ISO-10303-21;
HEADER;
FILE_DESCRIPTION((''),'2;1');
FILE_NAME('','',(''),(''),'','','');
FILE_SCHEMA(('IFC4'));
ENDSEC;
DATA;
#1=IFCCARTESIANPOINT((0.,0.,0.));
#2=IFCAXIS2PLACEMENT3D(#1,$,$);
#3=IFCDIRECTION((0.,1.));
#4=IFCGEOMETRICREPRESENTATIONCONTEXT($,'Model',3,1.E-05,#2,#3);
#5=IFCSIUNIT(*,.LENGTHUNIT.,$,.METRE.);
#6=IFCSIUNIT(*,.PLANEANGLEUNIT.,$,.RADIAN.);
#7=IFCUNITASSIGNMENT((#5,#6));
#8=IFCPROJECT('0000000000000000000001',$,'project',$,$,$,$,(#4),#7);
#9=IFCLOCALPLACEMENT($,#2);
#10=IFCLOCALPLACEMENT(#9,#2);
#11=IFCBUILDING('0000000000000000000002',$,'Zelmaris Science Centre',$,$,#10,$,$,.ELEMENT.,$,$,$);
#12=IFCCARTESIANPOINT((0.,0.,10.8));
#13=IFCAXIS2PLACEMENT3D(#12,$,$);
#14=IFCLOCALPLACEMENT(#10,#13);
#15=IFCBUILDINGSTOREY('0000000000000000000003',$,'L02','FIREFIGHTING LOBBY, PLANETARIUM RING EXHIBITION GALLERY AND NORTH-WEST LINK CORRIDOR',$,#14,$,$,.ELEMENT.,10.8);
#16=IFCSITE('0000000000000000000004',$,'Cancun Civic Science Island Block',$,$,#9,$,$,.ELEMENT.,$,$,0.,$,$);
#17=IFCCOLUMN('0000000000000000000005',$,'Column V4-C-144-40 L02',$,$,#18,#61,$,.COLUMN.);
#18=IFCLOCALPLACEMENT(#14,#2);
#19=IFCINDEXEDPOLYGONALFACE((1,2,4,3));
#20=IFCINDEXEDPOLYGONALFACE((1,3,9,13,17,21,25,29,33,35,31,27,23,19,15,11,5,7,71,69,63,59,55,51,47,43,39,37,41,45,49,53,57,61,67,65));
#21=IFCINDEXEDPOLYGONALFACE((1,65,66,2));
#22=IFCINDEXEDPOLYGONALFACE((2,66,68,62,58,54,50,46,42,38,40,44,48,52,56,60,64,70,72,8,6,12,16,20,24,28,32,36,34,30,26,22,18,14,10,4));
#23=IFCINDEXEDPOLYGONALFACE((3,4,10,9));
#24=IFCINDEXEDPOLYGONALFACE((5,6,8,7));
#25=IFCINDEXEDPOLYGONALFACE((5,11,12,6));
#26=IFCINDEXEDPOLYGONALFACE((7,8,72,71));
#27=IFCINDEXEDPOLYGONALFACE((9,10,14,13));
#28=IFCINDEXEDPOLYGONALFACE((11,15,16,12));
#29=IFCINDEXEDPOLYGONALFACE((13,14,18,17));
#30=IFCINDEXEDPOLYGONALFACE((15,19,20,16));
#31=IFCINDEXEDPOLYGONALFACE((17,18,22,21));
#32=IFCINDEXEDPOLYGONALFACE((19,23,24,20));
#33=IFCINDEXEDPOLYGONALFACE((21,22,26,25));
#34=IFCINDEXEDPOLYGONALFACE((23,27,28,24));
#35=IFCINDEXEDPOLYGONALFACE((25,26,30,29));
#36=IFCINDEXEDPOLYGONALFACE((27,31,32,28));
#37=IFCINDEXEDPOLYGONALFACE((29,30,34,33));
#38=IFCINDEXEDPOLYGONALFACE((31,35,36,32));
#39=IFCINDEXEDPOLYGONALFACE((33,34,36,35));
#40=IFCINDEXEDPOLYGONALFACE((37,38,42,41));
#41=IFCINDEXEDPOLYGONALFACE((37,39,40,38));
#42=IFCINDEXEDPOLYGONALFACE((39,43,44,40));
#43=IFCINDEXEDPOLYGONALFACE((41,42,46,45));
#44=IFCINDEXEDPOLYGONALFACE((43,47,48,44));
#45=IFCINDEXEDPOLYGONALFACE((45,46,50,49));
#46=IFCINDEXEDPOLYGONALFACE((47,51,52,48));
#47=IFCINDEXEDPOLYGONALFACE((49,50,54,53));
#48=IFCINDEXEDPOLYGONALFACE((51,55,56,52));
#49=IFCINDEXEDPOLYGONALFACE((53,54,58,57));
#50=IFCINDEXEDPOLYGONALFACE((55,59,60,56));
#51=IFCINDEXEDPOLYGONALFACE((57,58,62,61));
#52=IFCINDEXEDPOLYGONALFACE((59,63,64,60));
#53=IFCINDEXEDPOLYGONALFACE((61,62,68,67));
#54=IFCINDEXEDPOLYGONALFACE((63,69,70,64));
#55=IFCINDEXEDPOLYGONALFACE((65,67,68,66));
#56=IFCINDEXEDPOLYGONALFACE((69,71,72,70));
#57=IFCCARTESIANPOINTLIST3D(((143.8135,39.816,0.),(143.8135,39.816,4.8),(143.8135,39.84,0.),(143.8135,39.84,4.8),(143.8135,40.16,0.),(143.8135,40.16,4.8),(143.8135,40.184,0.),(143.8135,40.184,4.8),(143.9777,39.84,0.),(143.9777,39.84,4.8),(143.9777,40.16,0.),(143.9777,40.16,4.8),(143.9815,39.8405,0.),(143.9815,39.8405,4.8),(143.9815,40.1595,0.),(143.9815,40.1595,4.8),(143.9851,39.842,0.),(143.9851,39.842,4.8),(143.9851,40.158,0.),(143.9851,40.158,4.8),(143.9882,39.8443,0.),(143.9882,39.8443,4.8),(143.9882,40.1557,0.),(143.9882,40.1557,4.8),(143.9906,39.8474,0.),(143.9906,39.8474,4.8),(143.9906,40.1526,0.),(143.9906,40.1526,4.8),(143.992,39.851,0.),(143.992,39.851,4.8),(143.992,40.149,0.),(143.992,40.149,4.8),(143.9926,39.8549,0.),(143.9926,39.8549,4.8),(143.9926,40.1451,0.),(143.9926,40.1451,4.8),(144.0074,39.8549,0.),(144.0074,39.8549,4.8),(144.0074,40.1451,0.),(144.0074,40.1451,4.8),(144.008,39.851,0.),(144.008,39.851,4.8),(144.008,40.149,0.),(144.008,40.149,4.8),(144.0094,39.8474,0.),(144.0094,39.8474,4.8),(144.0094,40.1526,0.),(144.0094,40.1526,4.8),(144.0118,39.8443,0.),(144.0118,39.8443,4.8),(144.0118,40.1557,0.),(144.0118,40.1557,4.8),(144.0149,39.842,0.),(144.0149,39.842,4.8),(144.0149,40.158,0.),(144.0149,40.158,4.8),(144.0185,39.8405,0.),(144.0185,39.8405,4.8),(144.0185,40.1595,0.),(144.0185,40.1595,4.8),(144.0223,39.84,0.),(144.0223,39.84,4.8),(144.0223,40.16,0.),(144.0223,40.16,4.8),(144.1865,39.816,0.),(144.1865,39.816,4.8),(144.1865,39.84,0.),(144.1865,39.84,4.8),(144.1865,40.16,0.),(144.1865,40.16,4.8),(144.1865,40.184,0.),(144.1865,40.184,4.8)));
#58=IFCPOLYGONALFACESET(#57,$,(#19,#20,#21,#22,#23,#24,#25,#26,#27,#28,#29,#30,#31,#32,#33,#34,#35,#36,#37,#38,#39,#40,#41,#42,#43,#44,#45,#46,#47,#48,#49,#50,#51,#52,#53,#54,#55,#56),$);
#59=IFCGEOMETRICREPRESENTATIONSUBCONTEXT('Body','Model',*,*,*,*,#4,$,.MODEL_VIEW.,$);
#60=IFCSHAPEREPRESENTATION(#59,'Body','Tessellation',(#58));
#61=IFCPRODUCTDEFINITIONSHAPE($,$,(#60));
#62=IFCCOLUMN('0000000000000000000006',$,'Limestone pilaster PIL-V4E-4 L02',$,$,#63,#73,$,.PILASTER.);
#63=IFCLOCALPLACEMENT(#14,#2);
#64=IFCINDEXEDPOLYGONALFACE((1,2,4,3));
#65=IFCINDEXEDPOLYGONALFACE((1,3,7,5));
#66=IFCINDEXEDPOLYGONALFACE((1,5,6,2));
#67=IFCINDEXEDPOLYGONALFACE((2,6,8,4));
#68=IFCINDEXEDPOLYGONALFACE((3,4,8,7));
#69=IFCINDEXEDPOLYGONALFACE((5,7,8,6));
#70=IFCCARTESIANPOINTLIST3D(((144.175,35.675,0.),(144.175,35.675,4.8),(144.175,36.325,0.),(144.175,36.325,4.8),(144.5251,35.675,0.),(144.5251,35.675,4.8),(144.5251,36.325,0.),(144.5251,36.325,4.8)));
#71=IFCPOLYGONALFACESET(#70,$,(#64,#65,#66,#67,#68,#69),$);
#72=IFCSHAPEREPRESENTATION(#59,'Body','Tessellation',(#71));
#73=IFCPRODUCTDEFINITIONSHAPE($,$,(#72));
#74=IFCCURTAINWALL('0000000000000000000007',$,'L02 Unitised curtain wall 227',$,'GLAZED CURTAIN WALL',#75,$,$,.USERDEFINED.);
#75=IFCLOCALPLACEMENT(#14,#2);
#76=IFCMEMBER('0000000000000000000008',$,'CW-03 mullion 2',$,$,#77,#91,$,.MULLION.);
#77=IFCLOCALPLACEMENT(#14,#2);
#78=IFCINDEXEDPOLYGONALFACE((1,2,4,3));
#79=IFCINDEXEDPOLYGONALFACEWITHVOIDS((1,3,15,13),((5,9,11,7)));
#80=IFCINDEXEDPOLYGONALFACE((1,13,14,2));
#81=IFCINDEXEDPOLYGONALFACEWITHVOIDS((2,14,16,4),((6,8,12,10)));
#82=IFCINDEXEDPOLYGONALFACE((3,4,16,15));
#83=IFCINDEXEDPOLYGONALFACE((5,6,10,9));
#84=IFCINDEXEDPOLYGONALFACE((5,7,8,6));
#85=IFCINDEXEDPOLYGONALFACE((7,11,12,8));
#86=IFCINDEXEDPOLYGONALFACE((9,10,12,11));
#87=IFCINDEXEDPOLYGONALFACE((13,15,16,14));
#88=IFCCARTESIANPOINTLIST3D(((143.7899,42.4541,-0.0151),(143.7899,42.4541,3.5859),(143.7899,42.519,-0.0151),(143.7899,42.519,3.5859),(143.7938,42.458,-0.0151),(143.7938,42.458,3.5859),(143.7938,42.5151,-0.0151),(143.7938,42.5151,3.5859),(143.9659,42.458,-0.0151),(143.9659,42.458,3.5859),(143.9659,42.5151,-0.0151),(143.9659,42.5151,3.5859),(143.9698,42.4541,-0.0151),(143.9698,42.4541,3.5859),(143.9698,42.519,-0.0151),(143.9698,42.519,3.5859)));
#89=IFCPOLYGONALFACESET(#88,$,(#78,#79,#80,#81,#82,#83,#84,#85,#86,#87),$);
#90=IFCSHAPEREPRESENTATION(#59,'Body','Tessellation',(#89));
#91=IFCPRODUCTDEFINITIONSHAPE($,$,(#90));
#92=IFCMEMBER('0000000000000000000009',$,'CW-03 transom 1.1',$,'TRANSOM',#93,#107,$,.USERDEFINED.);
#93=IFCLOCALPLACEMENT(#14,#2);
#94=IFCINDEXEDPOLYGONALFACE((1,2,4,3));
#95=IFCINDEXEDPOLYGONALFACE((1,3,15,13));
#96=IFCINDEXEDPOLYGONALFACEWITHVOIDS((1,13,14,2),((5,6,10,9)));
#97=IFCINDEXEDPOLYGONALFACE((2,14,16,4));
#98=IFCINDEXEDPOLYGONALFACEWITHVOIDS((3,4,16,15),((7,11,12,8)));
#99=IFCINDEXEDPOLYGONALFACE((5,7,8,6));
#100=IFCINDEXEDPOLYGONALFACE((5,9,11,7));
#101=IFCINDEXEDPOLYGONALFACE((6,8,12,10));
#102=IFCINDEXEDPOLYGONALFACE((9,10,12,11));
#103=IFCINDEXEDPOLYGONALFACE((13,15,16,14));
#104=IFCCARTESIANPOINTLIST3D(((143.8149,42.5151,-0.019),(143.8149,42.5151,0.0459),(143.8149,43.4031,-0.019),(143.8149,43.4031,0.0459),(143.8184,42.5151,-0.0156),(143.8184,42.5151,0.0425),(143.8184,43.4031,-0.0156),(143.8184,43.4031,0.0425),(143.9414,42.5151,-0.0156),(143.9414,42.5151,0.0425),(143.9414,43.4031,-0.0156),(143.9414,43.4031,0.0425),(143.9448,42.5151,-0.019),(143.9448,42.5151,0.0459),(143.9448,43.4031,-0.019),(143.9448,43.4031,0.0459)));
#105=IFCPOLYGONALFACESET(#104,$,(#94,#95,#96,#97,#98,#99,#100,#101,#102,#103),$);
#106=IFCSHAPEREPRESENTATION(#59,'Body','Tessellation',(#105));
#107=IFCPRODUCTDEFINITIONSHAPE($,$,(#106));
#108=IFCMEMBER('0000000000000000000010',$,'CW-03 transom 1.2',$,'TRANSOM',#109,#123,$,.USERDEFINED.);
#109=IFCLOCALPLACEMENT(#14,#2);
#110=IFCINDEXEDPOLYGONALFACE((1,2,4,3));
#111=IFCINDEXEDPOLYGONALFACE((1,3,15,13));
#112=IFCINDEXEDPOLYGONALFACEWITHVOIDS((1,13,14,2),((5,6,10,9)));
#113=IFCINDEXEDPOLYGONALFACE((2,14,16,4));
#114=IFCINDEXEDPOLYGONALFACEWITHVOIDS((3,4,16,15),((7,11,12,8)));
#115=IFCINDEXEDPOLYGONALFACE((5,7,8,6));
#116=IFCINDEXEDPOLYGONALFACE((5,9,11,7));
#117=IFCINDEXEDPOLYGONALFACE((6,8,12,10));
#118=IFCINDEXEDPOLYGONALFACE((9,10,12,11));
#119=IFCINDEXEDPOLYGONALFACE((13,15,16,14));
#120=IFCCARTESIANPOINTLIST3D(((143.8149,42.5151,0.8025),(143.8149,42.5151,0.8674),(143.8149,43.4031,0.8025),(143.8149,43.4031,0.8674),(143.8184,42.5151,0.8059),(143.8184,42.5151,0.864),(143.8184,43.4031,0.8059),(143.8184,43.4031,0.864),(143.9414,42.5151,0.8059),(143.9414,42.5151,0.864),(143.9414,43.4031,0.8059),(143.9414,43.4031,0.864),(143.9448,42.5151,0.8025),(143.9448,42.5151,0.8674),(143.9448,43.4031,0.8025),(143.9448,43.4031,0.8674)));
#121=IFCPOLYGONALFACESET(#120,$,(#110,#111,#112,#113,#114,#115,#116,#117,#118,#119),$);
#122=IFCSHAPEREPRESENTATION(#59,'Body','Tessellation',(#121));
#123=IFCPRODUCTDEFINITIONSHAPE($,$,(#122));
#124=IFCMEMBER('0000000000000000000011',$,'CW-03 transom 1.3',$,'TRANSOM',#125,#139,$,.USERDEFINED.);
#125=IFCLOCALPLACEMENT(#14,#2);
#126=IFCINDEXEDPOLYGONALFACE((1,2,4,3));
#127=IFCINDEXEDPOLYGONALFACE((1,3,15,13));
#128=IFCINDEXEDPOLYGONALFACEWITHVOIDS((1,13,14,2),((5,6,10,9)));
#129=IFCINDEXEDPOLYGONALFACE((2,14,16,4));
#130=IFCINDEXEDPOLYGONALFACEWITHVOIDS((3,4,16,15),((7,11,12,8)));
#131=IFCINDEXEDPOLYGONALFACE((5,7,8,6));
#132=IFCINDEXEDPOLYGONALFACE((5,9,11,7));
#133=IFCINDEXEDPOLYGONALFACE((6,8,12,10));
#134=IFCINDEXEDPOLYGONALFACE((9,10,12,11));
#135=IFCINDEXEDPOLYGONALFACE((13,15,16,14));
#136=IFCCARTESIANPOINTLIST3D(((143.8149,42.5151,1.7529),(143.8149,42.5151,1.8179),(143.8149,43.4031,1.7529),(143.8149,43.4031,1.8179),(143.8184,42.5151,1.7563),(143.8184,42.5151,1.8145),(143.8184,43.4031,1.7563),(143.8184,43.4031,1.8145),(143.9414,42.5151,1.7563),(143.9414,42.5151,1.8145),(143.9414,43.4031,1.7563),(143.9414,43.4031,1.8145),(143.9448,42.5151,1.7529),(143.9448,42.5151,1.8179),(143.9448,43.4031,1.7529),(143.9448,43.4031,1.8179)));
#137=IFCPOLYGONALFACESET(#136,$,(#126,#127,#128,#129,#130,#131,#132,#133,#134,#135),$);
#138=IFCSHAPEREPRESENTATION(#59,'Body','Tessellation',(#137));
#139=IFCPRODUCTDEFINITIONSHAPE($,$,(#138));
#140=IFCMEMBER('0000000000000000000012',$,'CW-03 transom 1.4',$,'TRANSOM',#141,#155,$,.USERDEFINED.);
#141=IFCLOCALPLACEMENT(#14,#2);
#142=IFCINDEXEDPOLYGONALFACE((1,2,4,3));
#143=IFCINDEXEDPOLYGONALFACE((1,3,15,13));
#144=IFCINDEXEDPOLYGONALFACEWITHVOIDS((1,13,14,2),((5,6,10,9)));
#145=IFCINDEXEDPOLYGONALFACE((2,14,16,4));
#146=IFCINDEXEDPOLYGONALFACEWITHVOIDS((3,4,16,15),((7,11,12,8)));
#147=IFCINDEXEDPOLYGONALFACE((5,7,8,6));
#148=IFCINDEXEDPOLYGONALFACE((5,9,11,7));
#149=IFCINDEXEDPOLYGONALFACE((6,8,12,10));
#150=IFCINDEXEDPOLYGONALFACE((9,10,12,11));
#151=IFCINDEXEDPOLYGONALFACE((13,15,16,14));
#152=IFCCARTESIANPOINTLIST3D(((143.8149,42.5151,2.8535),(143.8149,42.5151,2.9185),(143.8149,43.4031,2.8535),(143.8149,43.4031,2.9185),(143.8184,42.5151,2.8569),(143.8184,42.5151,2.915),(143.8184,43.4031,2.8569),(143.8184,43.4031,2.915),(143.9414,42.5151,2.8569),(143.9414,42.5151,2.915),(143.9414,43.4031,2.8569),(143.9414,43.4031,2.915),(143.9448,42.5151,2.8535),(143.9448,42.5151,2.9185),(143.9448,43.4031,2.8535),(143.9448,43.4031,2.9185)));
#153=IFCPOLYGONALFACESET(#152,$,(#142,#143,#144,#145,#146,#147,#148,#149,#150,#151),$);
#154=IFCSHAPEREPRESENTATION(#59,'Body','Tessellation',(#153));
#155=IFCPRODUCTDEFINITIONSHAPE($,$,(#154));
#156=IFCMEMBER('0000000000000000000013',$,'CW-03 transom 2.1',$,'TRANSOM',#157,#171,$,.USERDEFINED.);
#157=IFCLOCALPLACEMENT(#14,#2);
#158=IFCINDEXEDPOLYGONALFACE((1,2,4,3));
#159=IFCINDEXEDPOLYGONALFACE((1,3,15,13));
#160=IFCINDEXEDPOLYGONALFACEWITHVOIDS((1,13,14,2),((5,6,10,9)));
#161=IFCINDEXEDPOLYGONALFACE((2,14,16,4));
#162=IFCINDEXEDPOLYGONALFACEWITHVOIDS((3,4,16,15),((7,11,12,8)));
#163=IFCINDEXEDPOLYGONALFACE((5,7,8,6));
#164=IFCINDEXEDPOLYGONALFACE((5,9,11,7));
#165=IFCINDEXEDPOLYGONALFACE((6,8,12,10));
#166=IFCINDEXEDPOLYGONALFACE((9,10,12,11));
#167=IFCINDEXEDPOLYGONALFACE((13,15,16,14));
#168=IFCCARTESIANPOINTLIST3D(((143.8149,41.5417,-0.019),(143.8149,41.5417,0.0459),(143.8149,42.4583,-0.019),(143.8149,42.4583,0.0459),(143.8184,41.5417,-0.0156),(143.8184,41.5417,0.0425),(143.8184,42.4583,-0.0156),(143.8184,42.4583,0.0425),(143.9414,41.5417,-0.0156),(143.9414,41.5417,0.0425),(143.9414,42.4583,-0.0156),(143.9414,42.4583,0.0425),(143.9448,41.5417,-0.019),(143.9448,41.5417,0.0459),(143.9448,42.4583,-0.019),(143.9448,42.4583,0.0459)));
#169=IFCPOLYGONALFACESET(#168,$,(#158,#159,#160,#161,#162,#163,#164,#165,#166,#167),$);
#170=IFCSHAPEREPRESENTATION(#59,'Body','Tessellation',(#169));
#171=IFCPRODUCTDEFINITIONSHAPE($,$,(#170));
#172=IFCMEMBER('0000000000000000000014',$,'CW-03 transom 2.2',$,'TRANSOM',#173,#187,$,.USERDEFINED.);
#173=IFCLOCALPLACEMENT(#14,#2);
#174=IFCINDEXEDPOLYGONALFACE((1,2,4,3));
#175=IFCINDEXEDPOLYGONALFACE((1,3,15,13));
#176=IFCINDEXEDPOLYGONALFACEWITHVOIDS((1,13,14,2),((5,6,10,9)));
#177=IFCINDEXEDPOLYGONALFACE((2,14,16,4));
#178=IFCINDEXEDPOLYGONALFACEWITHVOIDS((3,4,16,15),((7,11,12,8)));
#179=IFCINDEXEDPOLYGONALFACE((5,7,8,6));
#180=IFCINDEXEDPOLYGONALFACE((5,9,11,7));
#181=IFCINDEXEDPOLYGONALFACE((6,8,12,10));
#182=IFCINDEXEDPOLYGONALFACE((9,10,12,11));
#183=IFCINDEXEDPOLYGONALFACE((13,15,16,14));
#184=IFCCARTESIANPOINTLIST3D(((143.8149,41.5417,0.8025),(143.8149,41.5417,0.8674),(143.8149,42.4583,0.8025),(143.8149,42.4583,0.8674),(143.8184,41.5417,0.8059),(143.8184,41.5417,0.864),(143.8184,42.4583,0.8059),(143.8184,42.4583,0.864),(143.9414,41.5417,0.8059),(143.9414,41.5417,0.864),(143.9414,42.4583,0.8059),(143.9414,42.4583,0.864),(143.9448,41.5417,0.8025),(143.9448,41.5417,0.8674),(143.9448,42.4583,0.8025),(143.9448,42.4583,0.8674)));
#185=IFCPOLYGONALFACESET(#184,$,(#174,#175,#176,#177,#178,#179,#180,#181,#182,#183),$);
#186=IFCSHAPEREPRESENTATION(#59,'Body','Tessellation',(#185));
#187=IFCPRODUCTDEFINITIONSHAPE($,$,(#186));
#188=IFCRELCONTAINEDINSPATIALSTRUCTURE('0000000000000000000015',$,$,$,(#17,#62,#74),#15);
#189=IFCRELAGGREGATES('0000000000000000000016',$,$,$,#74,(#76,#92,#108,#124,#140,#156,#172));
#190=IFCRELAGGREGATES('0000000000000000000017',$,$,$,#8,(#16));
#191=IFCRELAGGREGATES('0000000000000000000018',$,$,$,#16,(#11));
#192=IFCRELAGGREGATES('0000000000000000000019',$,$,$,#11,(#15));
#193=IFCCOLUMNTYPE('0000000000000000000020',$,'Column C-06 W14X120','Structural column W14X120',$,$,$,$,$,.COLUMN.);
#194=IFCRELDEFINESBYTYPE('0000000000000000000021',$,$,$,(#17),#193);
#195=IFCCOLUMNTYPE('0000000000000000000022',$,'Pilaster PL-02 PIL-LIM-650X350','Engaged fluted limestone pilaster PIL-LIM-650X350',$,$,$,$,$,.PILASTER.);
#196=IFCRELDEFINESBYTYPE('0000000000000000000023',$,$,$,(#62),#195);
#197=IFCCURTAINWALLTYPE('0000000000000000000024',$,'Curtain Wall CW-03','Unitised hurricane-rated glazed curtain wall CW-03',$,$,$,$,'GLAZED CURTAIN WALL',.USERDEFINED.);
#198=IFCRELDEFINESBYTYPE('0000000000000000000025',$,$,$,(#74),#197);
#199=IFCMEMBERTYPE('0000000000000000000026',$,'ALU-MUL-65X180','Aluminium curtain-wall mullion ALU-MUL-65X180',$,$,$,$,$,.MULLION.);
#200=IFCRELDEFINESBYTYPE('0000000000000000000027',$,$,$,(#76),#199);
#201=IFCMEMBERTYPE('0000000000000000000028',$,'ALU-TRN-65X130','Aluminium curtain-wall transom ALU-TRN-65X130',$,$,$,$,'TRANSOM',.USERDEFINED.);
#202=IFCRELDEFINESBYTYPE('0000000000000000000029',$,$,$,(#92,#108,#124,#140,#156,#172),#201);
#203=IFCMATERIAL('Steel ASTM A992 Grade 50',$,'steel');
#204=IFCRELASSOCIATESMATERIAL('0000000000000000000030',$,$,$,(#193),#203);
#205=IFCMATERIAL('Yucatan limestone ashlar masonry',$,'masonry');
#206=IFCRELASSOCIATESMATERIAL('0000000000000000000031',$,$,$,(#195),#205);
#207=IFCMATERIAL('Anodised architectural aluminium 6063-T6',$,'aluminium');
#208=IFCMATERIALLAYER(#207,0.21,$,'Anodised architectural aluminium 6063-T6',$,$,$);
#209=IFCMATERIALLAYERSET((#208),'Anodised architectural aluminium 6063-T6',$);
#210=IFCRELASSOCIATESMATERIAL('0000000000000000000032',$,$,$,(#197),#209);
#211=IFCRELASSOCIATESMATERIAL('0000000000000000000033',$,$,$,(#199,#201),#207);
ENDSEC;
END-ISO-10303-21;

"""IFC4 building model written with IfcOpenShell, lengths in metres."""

from ifc_helpers import new_model, si_unit, direction, frame, origin, origin_2d, place, context, subcontext, project, spatial, rectangle, hollow_rectangle, i_section, extrude, material, layer, layer_set, material_profile, profile_set, type_object, element, aggregate, save


model = new_model("IFC4")

# Units and contexts
model_context = context("Model", 3, precision=1e-05, world=origin(), true_north=direction((0.0, 1.0)))
body_context = subcontext(model_context, "Body", "Model", "MODEL_VIEW")
ifc_project = project(units=[si_unit("LENGTHUNIT", "METRE"), si_unit("PLANEANGLEUNIT", "RADIAN")], contexts=[model_context])

# Site, building, storey
site_placement = place(None, origin())
site = spatial("IfcSite", under=ifc_project, at=site_placement, Name="Cancun Civic Science Island Block", CompositionType="ELEMENT", RefElevation=0.0)
building_placement = place(site_placement, origin())
building = spatial("IfcBuilding", under=site, at=building_placement, Name="Zelmaris Science Centre", CompositionType="ELEMENT")
storey_placement = place(building_placement, frame((0.0, 0.0, 10.8)))
storey = spatial("IfcBuildingStorey", under=building, at=storey_placement, Name="L02", Description="FIREFIGHTING LOBBY, PLANETARIUM RING EXHIBITION GALLERY AND NORTH-WEST LINK CORRIDOR", CompositionType="ELEMENT", Elevation=10.8)

# Columns
ifc_material_1 = material(Name="Steel ASTM A992 Grade 50", Category="steel")
ifc_material_profile_1 = material_profile(ifc_material_1, i_section(OverallWidth=0.373, OverallDepth=0.3679, WebThickness=0.0149, FlangeThickness=0.0239, FilletRadius=0.0149, at=origin_2d()), Name="W14X120")
ifc_profile_set_1 = profile_set([ifc_material_profile_1], Name="Steel ASTM A992 Grade 50")
column_type_1 = type_object("IfcColumnType", Name="Column C-06 W14X120", Description="Structural column W14X120", PredefinedType="COLUMN", material=ifc_profile_set_1)
column_1_placement = place(storey_placement, frame((144.0, 40.0, 0.0), z_axis=(0.0, 0.0, 1.0), x_axis=(1.0, 0.0, 0.0)))
element("IfcColumn", 1, at=column_1_placement, inside=storey, type_object=column_type_1, Name="Column V4-C-144-40 L02", PredefinedType="COLUMN", context=body_context, shape_type="SweptSolid", body=[
    extrude(i_section(OverallWidth=0.373, OverallDepth=0.3679, WebThickness=0.0149, FlangeThickness=0.0239, FilletRadius=0.0149, at=origin_2d()), origin(), (0.0, 0.0, 1.0), 4.8),
])
ifc_material_2 = material(Name="Yucatan limestone ashlar masonry", Category="masonry")
ifc_material_profile_2 = material_profile(ifc_material_2, rectangle(XDim=0.6499, YDim=0.3501, at=origin_2d()), Name="PIL-LIM-650X350")
ifc_profile_set_2 = profile_set([ifc_material_profile_2], Name="Yucatan limestone ashlar masonry")
column_type_2 = type_object("IfcColumnType", Name="Pilaster PL-02 PIL-LIM-650X350", Description="Engaged fluted limestone pilaster PIL-LIM-650X350", PredefinedType="PILASTER", material=ifc_profile_set_2)
column_2_placement = place(storey_placement, frame((144.3501, 36.0, 0.0), z_axis=(0.0, 0.0, 1.0), x_axis=(0.0, 1.0, 0.0)))
element("IfcColumn", 2, at=column_2_placement, inside=storey, type_object=column_type_2, Name="Limestone pilaster PIL-V4E-4 L02", PredefinedType="PILASTER", context=body_context, shape_type="SweptSolid", body=[
    extrude(rectangle(XDim=0.6499, YDim=0.3501, at=origin_2d()), origin(), (0.0, 0.0, 1.0), 4.8),
])

# Curtain wall, members
ifc_material_3 = material(Name="Anodised architectural aluminium 6063-T6", Category="aluminium")
ifc_layer_1 = layer(ifc_material_3, 0.21, Name="Anodised architectural aluminium 6063-T6")
ifc_layer_set_1 = layer_set([ifc_layer_1], Name="Anodised architectural aluminium 6063-T6")
curtain_wall_type = type_object("IfcCurtainWallType", Name="Curtain Wall CW-03", Description="Unitised hurricane-rated glazed curtain wall CW-03", ElementType="GLAZED CURTAIN WALL", PredefinedType="USERDEFINED", material=ifc_layer_set_1)
curtain_wall_placement = place(storey_placement, origin())
curtain_wall = element("IfcCurtainWall", 3, at=curtain_wall_placement, inside=storey, type_object=curtain_wall_type, Name="L02 Unitised curtain wall 227", ObjectType="GLAZED CURTAIN WALL", PredefinedType="USERDEFINED")
ifc_material_profile_3 = material_profile(ifc_material_3, hollow_rectangle(XDim=0.0649, YDim=0.1799, WallThickness=0.0039, at=origin_2d()), Name="ALU-MUL-65X180")
ifc_profile_set_3 = profile_set([ifc_material_profile_3], Name="Anodised architectural aluminium 6063-T6")
member_type_1 = type_object("IfcMemberType", Name="ALU-MUL-65X180", Description="Aluminium curtain-wall mullion ALU-MUL-65X180", PredefinedType="MULLION", material=ifc_profile_set_3)
member_1_placement = place(storey_placement, frame((143.8799, 42.4866, -0.0151), z_axis=(0.0, 0.0, 1.0), x_axis=(0.0, -1.0, 0.0)))
member_1 = element("IfcMember", 4, at=member_1_placement, type_object=member_type_1, Name="CW-03 mullion 2", PredefinedType="MULLION", context=body_context, shape_type="SweptSolid", body=[
    extrude(hollow_rectangle(XDim=0.0649, YDim=0.1799, WallThickness=0.0039, at=origin_2d()), origin(), (0.0, 0.0, 1.0), 3.6011),
])
ifc_material_profile_4 = material_profile(ifc_material_3, hollow_rectangle(XDim=0.0649, YDim=0.1299, WallThickness=0.0034, at=origin_2d()), Name="ALU-TRN-65X130")
ifc_profile_set_4 = profile_set([ifc_material_profile_4], Name="Anodised architectural aluminium 6063-T6")
member_type_2 = type_object("IfcMemberType", Name="ALU-TRN-65X130", Description="Aluminium curtain-wall transom ALU-TRN-65X130", ElementType="TRANSOM", PredefinedType="USERDEFINED", material=ifc_profile_set_4)
member_2_placement = place(storey_placement, frame((143.8799, 43.4031, 0.0134), z_axis=(0.0, -1.0, 0.0), x_axis=(0.0, 0.0, 1.0)))
member_2 = element("IfcMember", 5, at=member_2_placement, type_object=member_type_2, Name="CW-03 transom 1.1", ObjectType="TRANSOM", PredefinedType="USERDEFINED", context=body_context, shape_type="SweptSolid", body=[
    extrude(hollow_rectangle(XDim=0.0649, YDim=0.1299, WallThickness=0.0034, at=origin_2d()), origin(), (0.0, 0.0, 1.0), 0.8879),
])
member_3_placement = place(storey_placement, frame((143.8799, 43.4031, 0.835), z_axis=(0.0, -1.0, 0.0), x_axis=(0.0, 0.0, 1.0)))
member_3 = element("IfcMember", 6, at=member_3_placement, type_object=member_type_2, Name="CW-03 transom 1.2", ObjectType="TRANSOM", PredefinedType="USERDEFINED", context=body_context, shape_type="SweptSolid", body=[
    extrude(hollow_rectangle(XDim=0.0649, YDim=0.1299, WallThickness=0.0034, at=origin_2d()), origin(), (0.0, 0.0, 1.0), 0.8879),
])
member_4_placement = place(storey_placement, frame((143.8799, 43.4031, 1.7854), z_axis=(0.0, -1.0, 0.0), x_axis=(0.0, 0.0, 1.0)))
member_4 = element("IfcMember", 7, at=member_4_placement, type_object=member_type_2, Name="CW-03 transom 1.3", ObjectType="TRANSOM", PredefinedType="USERDEFINED", context=body_context, shape_type="SweptSolid", body=[
    extrude(hollow_rectangle(XDim=0.0649, YDim=0.1299, WallThickness=0.0034, at=origin_2d()), origin(), (0.0, 0.0, 1.0), 0.8879),
])
member_5_placement = place(storey_placement, frame((143.8799, 43.4031, 2.886), z_axis=(0.0, -1.0, 0.0), x_axis=(0.0, 0.0, 1.0)))
member_5 = element("IfcMember", 8, at=member_5_placement, type_object=member_type_2, Name="CW-03 transom 1.4", ObjectType="TRANSOM", PredefinedType="USERDEFINED", context=body_context, shape_type="SweptSolid", body=[
    extrude(hollow_rectangle(XDim=0.0649, YDim=0.1299, WallThickness=0.0034, at=origin_2d()), origin(), (0.0, 0.0, 1.0), 0.8879),
])
member_6_placement = place(storey_placement, frame((143.8799, 42.4583, 0.0134), z_axis=(0.0, -1.0, 0.0), x_axis=(0.0, 0.0, 1.0)))
member_6 = element("IfcMember", 9, at=member_6_placement, type_object=member_type_2, Name="CW-03 transom 2.1", ObjectType="TRANSOM", PredefinedType="USERDEFINED", context=body_context, shape_type="SweptSolid", body=[
    extrude(hollow_rectangle(XDim=0.0649, YDim=0.1299, WallThickness=0.0034, at=origin_2d()), origin(), (0.0, 0.0, 1.0), 0.9165),
])
member_7_placement = place(storey_placement, frame((143.8799, 42.4583, 0.835), z_axis=(0.0, -1.0, 0.0), x_axis=(0.0, 0.0, 1.0)))
member_7 = element("IfcMember", 10, at=member_7_placement, type_object=member_type_2, Name="CW-03 transom 2.2", ObjectType="TRANSOM", PredefinedType="USERDEFINED", context=body_context, shape_type="SweptSolid", body=[
    extrude(hollow_rectangle(XDim=0.0649, YDim=0.1299, WallThickness=0.0034, at=origin_2d()), origin(), (0.0, 0.0, 1.0), 0.9165),
])

aggregate(curtain_wall, [member_1, member_2, member_3, member_4, member_5, member_6, member_7])

save(model, "model.ifc")
